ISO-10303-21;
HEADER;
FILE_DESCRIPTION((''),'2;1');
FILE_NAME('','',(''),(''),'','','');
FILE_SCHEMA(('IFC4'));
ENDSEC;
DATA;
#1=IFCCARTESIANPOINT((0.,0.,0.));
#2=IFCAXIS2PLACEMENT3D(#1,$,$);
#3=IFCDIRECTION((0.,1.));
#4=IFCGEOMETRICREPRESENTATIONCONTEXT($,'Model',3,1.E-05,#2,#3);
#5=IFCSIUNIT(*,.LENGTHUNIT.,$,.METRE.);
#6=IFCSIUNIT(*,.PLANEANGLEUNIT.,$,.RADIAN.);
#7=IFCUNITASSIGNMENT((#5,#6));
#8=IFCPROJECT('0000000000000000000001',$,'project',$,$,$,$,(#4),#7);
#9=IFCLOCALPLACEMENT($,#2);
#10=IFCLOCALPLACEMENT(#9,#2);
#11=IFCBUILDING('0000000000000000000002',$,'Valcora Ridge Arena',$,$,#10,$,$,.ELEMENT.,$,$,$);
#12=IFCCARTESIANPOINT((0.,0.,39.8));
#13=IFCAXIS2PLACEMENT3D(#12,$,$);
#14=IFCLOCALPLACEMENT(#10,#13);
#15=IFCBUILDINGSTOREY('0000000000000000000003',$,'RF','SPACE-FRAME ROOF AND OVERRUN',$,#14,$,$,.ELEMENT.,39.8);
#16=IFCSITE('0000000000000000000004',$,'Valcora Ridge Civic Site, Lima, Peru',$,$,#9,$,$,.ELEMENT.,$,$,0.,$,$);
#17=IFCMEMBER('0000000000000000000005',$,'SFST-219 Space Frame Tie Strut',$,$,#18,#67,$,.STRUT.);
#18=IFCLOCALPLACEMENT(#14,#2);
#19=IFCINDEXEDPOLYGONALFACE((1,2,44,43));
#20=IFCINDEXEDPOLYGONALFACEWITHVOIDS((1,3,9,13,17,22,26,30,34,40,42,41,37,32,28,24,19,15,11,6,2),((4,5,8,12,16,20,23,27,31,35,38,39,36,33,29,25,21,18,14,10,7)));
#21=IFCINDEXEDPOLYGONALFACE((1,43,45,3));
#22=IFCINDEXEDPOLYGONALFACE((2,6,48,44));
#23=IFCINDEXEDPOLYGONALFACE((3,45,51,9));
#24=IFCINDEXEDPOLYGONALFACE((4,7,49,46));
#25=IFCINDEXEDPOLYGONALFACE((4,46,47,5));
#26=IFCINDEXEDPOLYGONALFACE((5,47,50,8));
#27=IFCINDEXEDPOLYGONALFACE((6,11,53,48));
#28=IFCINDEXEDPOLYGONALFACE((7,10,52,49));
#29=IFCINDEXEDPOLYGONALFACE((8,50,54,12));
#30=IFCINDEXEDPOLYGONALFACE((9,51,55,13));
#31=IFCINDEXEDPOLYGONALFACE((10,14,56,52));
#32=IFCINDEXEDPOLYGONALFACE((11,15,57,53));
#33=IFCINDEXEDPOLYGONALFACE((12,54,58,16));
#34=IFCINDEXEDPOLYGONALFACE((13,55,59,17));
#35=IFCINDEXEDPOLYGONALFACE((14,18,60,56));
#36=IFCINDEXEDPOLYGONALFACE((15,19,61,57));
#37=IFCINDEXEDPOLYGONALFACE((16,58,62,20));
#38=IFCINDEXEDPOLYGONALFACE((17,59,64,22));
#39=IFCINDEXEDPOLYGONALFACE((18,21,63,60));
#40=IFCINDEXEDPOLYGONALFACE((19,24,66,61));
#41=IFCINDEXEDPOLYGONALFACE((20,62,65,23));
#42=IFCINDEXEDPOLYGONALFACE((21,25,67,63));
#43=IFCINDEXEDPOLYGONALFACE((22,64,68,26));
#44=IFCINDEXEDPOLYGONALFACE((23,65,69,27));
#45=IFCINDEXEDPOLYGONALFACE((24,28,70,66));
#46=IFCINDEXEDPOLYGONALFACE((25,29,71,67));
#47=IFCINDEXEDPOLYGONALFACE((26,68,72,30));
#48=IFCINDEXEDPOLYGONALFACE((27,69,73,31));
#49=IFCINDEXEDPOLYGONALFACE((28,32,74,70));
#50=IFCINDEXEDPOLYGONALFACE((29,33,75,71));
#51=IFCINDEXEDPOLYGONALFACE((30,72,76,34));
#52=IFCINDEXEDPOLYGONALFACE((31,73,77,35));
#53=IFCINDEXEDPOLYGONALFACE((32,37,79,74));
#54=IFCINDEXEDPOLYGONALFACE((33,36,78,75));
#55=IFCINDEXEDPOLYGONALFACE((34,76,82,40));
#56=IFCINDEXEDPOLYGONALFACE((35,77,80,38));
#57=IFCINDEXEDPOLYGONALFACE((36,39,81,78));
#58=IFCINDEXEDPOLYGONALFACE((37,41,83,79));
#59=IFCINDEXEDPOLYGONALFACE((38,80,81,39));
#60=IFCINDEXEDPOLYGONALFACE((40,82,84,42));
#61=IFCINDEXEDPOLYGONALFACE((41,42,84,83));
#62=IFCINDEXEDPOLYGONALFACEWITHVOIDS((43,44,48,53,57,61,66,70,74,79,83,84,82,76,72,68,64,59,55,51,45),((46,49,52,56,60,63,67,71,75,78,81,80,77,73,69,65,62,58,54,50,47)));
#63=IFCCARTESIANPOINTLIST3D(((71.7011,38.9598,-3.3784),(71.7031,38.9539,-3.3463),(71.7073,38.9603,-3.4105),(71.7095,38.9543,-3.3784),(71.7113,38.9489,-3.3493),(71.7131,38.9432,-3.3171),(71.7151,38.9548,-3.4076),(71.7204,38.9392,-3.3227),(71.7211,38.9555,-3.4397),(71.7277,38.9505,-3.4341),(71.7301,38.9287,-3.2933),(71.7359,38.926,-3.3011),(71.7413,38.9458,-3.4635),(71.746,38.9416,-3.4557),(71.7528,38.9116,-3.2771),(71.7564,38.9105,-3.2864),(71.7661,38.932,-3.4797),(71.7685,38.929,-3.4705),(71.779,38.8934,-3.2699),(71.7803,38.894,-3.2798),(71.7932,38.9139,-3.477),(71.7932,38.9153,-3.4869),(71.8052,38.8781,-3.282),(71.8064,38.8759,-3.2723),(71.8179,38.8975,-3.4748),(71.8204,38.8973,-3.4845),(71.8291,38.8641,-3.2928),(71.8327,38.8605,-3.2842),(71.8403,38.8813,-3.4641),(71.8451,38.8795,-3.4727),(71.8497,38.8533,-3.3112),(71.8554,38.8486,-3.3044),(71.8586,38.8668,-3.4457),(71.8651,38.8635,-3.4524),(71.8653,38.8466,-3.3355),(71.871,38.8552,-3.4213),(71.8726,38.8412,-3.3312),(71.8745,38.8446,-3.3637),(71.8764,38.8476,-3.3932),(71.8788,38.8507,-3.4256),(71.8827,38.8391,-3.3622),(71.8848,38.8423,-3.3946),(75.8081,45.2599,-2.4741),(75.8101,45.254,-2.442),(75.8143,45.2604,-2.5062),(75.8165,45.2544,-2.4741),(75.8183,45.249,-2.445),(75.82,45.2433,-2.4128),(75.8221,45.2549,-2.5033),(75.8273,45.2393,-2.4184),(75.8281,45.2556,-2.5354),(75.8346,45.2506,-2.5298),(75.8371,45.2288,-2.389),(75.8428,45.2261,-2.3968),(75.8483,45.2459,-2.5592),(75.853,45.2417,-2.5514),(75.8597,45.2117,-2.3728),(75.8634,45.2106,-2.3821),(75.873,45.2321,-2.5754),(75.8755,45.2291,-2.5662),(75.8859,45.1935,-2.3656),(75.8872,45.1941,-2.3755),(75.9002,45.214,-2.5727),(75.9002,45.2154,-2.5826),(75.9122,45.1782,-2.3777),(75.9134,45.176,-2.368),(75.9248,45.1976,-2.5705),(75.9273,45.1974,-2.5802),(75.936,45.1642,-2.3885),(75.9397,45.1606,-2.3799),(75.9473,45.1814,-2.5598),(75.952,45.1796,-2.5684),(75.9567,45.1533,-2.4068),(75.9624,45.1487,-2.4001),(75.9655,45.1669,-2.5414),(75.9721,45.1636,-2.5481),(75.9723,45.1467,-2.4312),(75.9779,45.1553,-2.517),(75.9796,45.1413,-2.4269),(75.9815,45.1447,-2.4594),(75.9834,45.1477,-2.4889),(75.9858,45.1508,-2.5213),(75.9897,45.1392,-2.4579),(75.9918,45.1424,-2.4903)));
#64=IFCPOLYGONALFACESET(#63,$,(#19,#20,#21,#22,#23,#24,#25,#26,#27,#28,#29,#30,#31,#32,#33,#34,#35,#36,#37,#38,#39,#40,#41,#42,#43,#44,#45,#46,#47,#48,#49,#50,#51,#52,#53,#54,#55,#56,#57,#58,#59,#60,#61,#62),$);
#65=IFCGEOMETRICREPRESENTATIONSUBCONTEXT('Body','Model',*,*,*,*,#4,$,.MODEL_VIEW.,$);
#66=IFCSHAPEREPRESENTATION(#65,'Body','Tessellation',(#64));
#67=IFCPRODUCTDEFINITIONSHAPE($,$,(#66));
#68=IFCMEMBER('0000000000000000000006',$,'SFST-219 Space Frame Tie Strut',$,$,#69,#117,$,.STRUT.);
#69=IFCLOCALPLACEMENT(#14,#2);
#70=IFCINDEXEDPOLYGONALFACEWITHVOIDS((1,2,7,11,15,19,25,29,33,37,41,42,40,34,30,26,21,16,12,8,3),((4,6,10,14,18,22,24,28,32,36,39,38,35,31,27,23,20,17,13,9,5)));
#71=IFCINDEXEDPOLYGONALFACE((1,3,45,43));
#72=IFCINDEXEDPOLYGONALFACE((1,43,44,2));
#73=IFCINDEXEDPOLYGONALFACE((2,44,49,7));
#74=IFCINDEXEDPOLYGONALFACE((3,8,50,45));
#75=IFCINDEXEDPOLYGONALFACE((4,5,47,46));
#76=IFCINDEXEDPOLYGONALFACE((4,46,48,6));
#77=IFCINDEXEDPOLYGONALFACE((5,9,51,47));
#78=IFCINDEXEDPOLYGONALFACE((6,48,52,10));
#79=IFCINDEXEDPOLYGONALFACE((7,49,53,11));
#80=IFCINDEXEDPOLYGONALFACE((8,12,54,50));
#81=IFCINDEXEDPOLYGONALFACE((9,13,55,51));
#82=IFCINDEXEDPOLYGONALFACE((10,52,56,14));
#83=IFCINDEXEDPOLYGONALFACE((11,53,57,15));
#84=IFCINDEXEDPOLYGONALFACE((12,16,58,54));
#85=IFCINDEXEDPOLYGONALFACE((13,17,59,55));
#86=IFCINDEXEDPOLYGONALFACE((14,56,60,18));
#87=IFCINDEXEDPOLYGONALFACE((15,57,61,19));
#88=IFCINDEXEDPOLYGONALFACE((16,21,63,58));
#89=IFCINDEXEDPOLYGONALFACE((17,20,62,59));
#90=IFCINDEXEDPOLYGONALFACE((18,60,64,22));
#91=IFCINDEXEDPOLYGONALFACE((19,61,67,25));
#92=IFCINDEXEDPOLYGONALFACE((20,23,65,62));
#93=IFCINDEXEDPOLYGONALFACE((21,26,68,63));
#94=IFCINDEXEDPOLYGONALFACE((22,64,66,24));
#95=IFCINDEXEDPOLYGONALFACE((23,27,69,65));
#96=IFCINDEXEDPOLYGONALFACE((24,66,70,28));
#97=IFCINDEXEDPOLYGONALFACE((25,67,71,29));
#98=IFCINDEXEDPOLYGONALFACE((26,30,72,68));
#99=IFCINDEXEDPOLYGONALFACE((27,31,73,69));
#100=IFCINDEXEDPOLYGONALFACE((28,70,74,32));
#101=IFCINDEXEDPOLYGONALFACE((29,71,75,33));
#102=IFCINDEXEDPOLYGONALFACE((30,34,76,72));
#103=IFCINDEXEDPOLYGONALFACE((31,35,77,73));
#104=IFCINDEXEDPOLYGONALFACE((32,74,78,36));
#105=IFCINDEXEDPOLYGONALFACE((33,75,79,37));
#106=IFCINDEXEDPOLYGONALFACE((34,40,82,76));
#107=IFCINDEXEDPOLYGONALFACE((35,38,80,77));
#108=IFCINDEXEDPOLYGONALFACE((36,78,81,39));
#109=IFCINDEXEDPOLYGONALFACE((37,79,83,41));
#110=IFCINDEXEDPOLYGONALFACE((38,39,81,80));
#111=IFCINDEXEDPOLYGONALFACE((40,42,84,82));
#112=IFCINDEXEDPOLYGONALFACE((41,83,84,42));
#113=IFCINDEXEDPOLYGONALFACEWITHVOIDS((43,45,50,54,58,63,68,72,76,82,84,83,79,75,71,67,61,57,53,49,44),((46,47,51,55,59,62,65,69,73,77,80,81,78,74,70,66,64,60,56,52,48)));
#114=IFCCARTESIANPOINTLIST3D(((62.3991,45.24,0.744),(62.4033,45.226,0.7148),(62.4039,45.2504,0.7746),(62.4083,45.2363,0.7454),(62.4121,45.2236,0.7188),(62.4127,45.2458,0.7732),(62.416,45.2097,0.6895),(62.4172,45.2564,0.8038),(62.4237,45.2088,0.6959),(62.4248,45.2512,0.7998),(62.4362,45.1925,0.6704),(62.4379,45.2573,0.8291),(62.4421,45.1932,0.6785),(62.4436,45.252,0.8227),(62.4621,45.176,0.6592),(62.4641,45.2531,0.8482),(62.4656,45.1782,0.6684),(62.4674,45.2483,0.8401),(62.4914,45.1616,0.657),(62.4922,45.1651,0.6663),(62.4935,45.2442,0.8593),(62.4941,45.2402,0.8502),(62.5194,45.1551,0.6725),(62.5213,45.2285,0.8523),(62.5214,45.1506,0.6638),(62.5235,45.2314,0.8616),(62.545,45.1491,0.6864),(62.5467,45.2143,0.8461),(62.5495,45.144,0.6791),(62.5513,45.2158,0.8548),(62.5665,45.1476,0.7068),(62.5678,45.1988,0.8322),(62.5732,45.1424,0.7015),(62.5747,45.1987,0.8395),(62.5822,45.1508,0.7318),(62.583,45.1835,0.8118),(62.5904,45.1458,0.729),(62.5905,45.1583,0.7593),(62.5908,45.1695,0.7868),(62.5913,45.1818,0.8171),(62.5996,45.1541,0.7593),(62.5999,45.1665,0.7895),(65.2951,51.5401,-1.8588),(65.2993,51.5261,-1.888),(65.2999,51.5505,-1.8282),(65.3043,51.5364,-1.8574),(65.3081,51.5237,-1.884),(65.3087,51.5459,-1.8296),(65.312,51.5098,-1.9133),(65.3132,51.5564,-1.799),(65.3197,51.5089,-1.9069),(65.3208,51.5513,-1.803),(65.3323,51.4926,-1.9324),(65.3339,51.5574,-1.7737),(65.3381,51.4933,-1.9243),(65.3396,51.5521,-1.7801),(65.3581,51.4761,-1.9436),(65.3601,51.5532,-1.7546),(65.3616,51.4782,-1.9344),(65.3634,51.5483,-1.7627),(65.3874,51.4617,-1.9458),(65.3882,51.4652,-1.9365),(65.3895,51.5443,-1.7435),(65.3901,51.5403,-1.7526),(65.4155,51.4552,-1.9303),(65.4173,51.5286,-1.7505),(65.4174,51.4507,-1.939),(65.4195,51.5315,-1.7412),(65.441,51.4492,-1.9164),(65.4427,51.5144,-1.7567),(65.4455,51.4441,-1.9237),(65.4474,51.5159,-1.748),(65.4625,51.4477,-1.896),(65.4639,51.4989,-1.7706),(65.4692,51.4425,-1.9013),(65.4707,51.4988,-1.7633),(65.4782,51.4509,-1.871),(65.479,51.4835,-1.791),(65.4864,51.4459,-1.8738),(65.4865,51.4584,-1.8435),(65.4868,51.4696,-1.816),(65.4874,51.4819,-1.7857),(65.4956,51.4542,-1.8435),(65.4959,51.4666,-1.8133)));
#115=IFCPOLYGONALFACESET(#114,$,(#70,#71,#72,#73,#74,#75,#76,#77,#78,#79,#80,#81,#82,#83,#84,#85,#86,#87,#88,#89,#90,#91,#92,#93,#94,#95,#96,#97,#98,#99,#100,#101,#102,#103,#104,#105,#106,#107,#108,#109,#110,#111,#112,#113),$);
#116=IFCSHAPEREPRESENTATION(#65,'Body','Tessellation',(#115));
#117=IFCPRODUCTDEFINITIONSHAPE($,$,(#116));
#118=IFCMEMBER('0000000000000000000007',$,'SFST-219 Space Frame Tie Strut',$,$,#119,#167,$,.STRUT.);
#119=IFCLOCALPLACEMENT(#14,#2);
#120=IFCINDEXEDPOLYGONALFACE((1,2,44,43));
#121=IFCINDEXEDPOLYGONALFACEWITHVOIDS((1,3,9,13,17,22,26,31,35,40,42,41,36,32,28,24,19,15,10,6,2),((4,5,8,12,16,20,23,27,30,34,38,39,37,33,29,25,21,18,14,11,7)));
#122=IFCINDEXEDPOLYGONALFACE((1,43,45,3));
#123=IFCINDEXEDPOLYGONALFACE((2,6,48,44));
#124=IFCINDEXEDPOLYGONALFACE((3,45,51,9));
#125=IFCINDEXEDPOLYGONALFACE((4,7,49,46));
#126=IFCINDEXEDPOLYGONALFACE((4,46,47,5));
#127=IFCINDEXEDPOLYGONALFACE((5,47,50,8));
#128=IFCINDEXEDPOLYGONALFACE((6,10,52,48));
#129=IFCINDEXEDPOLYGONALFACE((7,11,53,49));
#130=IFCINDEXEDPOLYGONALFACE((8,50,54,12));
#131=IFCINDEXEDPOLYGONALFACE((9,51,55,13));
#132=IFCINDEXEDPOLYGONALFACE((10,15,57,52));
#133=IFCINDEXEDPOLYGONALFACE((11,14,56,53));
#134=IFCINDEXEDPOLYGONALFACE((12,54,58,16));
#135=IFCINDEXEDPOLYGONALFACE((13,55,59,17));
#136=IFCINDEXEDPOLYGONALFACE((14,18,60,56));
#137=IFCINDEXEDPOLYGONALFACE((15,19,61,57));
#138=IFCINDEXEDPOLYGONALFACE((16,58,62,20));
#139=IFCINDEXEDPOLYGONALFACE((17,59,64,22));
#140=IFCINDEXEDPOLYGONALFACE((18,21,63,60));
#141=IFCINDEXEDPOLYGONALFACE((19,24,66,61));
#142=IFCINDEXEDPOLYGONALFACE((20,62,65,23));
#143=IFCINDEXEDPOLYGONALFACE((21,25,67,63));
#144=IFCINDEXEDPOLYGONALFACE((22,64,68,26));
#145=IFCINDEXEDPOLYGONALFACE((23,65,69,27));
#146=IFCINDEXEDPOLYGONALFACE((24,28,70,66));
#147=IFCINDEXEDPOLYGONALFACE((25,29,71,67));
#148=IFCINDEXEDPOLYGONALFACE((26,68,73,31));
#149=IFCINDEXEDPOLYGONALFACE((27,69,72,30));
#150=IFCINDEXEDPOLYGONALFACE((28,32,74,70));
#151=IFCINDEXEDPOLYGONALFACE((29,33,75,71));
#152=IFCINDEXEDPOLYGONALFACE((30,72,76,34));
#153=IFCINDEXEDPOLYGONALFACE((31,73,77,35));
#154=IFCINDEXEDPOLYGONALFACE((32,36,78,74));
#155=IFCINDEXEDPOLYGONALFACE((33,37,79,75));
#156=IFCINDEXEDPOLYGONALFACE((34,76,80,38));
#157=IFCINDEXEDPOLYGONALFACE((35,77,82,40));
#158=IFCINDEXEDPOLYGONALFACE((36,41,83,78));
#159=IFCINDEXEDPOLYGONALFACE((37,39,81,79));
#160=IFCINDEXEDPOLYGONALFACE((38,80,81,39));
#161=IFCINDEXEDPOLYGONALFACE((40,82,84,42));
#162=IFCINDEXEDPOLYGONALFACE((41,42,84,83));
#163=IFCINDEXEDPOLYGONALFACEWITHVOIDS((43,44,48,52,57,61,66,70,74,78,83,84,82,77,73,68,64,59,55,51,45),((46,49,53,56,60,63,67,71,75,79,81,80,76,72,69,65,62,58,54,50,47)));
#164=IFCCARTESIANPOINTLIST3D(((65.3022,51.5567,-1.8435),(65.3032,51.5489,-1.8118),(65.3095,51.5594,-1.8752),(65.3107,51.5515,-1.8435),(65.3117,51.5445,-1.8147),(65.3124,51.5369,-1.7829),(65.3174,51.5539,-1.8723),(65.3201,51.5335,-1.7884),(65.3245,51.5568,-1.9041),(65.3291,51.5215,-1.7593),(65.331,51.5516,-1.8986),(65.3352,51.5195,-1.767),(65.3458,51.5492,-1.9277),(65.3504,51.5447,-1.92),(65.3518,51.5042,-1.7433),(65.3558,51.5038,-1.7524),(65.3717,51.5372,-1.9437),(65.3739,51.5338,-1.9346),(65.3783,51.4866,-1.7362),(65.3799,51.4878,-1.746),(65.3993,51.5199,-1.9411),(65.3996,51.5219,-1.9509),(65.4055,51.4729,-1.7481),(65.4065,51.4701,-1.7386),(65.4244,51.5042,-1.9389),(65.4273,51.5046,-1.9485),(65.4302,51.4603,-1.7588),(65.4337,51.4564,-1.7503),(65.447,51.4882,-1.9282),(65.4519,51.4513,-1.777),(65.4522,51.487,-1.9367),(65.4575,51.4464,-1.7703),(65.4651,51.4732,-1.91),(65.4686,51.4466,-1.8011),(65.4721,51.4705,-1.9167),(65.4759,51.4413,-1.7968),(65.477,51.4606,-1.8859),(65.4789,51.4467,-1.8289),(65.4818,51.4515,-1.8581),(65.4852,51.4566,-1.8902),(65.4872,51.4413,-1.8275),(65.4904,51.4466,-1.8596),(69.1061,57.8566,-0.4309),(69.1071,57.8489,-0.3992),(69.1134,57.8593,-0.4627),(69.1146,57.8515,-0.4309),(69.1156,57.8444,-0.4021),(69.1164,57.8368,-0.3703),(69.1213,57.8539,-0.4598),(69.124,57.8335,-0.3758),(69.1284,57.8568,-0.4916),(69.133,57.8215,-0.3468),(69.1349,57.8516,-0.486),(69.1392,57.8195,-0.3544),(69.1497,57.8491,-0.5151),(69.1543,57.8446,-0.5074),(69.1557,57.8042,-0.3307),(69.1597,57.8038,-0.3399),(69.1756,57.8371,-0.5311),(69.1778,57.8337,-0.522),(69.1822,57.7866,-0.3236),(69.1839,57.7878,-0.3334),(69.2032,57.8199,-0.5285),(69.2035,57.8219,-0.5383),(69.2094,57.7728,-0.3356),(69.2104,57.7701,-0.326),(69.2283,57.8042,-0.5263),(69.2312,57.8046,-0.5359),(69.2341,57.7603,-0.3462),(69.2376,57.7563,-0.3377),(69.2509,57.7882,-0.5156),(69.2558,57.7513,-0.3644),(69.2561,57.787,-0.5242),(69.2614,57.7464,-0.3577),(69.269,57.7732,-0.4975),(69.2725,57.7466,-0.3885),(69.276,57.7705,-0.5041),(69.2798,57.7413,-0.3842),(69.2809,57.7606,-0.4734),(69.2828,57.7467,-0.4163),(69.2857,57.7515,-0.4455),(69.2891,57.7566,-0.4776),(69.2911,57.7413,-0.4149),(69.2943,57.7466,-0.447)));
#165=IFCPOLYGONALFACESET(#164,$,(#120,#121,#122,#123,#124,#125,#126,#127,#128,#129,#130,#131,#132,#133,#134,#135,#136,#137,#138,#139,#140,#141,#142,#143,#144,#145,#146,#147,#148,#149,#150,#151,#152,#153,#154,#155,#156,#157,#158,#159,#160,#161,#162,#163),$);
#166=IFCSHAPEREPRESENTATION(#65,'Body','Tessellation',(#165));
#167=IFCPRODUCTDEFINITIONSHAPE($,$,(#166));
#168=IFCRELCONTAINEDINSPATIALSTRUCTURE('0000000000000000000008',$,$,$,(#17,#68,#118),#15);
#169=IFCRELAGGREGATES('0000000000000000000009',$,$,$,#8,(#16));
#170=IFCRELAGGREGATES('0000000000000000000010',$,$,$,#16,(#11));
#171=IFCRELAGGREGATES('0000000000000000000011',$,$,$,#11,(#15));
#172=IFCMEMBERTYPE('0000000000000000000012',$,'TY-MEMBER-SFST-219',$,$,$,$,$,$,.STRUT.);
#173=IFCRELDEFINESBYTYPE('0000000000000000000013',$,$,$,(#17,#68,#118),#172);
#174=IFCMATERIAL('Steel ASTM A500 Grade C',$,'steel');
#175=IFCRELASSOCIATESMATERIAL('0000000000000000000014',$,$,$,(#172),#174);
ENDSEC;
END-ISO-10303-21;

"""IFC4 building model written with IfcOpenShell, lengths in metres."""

from ifc_helpers import new_model, si_unit, direction, frame, origin, origin_2d, place, context, subcontext, project, spatial, hollow_circle, extrude, material, material_profile, profile_set, type_object, element, save


model = new_model("IFC4")

# Units and contexts
model_context = context("Model", 3, precision=1e-05, world=origin(), true_north=direction((0.0, 1.0)))
body_context = subcontext(model_context, "Body", "Model", "MODEL_VIEW")
ifc_project = project(units=[si_unit("LENGTHUNIT", "METRE"), si_unit("PLANEANGLEUNIT", "RADIAN")], contexts=[model_context])

# Site, building, storey
site_placement = place(None, origin())
site = spatial("IfcSite", under=ifc_project, at=site_placement, Name="Valcora Ridge Civic Site, Lima, Peru", CompositionType="ELEMENT", RefElevation=0.0)
building_placement = place(site_placement, origin())
building = spatial("IfcBuilding", under=site, at=building_placement, Name="Valcora Ridge Arena", CompositionType="ELEMENT")
storey_placement = place(building_placement, frame((0.0, 0.0, 39.8)))
storey = spatial("IfcBuildingStorey", under=building, at=storey_placement, Name="RF", Description="SPACE-FRAME ROOF AND OVERRUN", CompositionType="ELEMENT", Elevation=39.8)

# Members
ifc_material_1 = material(Name="Steel ASTM A500 Grade C", Category="steel")
ifc_material_profile_1 = material_profile(ifc_material_1, hollow_circle(Radius=0.1096, WallThickness=0.01, at=origin_2d()), Name="CHS219X10")
ifc_profile_set_1 = profile_set([ifc_material_profile_1], Name="Steel ASTM A500 Grade C")
member_type_1 = type_object("IfcMemberType", Name="TY-MEMBER-SFST-219", PredefinedType="STRUT", material=ifc_profile_set_1)
member_1_placement = place(storey_placement, frame((71.793, 38.8999, -3.3784), z_axis=(0.542195, 0.831728, 0.119385), x_axis=(-0.83772, 0.5461, 0.0)))
element("IfcMember", 1, at=member_1_placement, inside=storey, type_object=member_type_1, Name="SFST-219 Space Frame Tie Strut", PredefinedType="STRUT", context=body_context, shape_type="SweptSolid", body=[
    extrude(hollow_circle(Radius=0.1096, WallThickness=0.01, at=origin_2d()), origin(), (0.0, 0.0, 1.0), 7.5747),
])
member_2_placement = place(storey_placement, frame((65.396, 51.5, -1.8435), z_axis=(-0.391023, -0.850645, 0.351433), x_axis=(0.908601, -0.417664, 0.0)))
element("IfcMember", 2, at=member_2_placement, inside=storey, type_object=member_type_1, Name="SFST-219 Space Frame Tie Strut", PredefinedType="STRUT", context=body_context, shape_type="SweptSolid", body=[
    extrude(hollow_circle(Radius=0.1096, WallThickness=0.01, at=origin_2d()), origin(), (0.0, 0.0, 1.0), 7.4062),
])
member_3_placement = place(storey_placement, frame((65.396, 51.5, -1.8435), z_axis=(0.507618, 0.840708, 0.188504), x_axis=(-0.856055, 0.516884, 0.0)))
element("IfcMember", 3, at=member_3_placement, inside=storey, type_object=member_type_1, Name="SFST-219 Space Frame Tie Strut", PredefinedType="STRUT", context=body_context, shape_type="SweptSolid", body=[
    extrude(hollow_circle(Radius=0.1096, WallThickness=0.01, at=origin_2d()), origin(), (0.0, 0.0, 1.0), 7.4937),
])

save(model, "model.ifc")
